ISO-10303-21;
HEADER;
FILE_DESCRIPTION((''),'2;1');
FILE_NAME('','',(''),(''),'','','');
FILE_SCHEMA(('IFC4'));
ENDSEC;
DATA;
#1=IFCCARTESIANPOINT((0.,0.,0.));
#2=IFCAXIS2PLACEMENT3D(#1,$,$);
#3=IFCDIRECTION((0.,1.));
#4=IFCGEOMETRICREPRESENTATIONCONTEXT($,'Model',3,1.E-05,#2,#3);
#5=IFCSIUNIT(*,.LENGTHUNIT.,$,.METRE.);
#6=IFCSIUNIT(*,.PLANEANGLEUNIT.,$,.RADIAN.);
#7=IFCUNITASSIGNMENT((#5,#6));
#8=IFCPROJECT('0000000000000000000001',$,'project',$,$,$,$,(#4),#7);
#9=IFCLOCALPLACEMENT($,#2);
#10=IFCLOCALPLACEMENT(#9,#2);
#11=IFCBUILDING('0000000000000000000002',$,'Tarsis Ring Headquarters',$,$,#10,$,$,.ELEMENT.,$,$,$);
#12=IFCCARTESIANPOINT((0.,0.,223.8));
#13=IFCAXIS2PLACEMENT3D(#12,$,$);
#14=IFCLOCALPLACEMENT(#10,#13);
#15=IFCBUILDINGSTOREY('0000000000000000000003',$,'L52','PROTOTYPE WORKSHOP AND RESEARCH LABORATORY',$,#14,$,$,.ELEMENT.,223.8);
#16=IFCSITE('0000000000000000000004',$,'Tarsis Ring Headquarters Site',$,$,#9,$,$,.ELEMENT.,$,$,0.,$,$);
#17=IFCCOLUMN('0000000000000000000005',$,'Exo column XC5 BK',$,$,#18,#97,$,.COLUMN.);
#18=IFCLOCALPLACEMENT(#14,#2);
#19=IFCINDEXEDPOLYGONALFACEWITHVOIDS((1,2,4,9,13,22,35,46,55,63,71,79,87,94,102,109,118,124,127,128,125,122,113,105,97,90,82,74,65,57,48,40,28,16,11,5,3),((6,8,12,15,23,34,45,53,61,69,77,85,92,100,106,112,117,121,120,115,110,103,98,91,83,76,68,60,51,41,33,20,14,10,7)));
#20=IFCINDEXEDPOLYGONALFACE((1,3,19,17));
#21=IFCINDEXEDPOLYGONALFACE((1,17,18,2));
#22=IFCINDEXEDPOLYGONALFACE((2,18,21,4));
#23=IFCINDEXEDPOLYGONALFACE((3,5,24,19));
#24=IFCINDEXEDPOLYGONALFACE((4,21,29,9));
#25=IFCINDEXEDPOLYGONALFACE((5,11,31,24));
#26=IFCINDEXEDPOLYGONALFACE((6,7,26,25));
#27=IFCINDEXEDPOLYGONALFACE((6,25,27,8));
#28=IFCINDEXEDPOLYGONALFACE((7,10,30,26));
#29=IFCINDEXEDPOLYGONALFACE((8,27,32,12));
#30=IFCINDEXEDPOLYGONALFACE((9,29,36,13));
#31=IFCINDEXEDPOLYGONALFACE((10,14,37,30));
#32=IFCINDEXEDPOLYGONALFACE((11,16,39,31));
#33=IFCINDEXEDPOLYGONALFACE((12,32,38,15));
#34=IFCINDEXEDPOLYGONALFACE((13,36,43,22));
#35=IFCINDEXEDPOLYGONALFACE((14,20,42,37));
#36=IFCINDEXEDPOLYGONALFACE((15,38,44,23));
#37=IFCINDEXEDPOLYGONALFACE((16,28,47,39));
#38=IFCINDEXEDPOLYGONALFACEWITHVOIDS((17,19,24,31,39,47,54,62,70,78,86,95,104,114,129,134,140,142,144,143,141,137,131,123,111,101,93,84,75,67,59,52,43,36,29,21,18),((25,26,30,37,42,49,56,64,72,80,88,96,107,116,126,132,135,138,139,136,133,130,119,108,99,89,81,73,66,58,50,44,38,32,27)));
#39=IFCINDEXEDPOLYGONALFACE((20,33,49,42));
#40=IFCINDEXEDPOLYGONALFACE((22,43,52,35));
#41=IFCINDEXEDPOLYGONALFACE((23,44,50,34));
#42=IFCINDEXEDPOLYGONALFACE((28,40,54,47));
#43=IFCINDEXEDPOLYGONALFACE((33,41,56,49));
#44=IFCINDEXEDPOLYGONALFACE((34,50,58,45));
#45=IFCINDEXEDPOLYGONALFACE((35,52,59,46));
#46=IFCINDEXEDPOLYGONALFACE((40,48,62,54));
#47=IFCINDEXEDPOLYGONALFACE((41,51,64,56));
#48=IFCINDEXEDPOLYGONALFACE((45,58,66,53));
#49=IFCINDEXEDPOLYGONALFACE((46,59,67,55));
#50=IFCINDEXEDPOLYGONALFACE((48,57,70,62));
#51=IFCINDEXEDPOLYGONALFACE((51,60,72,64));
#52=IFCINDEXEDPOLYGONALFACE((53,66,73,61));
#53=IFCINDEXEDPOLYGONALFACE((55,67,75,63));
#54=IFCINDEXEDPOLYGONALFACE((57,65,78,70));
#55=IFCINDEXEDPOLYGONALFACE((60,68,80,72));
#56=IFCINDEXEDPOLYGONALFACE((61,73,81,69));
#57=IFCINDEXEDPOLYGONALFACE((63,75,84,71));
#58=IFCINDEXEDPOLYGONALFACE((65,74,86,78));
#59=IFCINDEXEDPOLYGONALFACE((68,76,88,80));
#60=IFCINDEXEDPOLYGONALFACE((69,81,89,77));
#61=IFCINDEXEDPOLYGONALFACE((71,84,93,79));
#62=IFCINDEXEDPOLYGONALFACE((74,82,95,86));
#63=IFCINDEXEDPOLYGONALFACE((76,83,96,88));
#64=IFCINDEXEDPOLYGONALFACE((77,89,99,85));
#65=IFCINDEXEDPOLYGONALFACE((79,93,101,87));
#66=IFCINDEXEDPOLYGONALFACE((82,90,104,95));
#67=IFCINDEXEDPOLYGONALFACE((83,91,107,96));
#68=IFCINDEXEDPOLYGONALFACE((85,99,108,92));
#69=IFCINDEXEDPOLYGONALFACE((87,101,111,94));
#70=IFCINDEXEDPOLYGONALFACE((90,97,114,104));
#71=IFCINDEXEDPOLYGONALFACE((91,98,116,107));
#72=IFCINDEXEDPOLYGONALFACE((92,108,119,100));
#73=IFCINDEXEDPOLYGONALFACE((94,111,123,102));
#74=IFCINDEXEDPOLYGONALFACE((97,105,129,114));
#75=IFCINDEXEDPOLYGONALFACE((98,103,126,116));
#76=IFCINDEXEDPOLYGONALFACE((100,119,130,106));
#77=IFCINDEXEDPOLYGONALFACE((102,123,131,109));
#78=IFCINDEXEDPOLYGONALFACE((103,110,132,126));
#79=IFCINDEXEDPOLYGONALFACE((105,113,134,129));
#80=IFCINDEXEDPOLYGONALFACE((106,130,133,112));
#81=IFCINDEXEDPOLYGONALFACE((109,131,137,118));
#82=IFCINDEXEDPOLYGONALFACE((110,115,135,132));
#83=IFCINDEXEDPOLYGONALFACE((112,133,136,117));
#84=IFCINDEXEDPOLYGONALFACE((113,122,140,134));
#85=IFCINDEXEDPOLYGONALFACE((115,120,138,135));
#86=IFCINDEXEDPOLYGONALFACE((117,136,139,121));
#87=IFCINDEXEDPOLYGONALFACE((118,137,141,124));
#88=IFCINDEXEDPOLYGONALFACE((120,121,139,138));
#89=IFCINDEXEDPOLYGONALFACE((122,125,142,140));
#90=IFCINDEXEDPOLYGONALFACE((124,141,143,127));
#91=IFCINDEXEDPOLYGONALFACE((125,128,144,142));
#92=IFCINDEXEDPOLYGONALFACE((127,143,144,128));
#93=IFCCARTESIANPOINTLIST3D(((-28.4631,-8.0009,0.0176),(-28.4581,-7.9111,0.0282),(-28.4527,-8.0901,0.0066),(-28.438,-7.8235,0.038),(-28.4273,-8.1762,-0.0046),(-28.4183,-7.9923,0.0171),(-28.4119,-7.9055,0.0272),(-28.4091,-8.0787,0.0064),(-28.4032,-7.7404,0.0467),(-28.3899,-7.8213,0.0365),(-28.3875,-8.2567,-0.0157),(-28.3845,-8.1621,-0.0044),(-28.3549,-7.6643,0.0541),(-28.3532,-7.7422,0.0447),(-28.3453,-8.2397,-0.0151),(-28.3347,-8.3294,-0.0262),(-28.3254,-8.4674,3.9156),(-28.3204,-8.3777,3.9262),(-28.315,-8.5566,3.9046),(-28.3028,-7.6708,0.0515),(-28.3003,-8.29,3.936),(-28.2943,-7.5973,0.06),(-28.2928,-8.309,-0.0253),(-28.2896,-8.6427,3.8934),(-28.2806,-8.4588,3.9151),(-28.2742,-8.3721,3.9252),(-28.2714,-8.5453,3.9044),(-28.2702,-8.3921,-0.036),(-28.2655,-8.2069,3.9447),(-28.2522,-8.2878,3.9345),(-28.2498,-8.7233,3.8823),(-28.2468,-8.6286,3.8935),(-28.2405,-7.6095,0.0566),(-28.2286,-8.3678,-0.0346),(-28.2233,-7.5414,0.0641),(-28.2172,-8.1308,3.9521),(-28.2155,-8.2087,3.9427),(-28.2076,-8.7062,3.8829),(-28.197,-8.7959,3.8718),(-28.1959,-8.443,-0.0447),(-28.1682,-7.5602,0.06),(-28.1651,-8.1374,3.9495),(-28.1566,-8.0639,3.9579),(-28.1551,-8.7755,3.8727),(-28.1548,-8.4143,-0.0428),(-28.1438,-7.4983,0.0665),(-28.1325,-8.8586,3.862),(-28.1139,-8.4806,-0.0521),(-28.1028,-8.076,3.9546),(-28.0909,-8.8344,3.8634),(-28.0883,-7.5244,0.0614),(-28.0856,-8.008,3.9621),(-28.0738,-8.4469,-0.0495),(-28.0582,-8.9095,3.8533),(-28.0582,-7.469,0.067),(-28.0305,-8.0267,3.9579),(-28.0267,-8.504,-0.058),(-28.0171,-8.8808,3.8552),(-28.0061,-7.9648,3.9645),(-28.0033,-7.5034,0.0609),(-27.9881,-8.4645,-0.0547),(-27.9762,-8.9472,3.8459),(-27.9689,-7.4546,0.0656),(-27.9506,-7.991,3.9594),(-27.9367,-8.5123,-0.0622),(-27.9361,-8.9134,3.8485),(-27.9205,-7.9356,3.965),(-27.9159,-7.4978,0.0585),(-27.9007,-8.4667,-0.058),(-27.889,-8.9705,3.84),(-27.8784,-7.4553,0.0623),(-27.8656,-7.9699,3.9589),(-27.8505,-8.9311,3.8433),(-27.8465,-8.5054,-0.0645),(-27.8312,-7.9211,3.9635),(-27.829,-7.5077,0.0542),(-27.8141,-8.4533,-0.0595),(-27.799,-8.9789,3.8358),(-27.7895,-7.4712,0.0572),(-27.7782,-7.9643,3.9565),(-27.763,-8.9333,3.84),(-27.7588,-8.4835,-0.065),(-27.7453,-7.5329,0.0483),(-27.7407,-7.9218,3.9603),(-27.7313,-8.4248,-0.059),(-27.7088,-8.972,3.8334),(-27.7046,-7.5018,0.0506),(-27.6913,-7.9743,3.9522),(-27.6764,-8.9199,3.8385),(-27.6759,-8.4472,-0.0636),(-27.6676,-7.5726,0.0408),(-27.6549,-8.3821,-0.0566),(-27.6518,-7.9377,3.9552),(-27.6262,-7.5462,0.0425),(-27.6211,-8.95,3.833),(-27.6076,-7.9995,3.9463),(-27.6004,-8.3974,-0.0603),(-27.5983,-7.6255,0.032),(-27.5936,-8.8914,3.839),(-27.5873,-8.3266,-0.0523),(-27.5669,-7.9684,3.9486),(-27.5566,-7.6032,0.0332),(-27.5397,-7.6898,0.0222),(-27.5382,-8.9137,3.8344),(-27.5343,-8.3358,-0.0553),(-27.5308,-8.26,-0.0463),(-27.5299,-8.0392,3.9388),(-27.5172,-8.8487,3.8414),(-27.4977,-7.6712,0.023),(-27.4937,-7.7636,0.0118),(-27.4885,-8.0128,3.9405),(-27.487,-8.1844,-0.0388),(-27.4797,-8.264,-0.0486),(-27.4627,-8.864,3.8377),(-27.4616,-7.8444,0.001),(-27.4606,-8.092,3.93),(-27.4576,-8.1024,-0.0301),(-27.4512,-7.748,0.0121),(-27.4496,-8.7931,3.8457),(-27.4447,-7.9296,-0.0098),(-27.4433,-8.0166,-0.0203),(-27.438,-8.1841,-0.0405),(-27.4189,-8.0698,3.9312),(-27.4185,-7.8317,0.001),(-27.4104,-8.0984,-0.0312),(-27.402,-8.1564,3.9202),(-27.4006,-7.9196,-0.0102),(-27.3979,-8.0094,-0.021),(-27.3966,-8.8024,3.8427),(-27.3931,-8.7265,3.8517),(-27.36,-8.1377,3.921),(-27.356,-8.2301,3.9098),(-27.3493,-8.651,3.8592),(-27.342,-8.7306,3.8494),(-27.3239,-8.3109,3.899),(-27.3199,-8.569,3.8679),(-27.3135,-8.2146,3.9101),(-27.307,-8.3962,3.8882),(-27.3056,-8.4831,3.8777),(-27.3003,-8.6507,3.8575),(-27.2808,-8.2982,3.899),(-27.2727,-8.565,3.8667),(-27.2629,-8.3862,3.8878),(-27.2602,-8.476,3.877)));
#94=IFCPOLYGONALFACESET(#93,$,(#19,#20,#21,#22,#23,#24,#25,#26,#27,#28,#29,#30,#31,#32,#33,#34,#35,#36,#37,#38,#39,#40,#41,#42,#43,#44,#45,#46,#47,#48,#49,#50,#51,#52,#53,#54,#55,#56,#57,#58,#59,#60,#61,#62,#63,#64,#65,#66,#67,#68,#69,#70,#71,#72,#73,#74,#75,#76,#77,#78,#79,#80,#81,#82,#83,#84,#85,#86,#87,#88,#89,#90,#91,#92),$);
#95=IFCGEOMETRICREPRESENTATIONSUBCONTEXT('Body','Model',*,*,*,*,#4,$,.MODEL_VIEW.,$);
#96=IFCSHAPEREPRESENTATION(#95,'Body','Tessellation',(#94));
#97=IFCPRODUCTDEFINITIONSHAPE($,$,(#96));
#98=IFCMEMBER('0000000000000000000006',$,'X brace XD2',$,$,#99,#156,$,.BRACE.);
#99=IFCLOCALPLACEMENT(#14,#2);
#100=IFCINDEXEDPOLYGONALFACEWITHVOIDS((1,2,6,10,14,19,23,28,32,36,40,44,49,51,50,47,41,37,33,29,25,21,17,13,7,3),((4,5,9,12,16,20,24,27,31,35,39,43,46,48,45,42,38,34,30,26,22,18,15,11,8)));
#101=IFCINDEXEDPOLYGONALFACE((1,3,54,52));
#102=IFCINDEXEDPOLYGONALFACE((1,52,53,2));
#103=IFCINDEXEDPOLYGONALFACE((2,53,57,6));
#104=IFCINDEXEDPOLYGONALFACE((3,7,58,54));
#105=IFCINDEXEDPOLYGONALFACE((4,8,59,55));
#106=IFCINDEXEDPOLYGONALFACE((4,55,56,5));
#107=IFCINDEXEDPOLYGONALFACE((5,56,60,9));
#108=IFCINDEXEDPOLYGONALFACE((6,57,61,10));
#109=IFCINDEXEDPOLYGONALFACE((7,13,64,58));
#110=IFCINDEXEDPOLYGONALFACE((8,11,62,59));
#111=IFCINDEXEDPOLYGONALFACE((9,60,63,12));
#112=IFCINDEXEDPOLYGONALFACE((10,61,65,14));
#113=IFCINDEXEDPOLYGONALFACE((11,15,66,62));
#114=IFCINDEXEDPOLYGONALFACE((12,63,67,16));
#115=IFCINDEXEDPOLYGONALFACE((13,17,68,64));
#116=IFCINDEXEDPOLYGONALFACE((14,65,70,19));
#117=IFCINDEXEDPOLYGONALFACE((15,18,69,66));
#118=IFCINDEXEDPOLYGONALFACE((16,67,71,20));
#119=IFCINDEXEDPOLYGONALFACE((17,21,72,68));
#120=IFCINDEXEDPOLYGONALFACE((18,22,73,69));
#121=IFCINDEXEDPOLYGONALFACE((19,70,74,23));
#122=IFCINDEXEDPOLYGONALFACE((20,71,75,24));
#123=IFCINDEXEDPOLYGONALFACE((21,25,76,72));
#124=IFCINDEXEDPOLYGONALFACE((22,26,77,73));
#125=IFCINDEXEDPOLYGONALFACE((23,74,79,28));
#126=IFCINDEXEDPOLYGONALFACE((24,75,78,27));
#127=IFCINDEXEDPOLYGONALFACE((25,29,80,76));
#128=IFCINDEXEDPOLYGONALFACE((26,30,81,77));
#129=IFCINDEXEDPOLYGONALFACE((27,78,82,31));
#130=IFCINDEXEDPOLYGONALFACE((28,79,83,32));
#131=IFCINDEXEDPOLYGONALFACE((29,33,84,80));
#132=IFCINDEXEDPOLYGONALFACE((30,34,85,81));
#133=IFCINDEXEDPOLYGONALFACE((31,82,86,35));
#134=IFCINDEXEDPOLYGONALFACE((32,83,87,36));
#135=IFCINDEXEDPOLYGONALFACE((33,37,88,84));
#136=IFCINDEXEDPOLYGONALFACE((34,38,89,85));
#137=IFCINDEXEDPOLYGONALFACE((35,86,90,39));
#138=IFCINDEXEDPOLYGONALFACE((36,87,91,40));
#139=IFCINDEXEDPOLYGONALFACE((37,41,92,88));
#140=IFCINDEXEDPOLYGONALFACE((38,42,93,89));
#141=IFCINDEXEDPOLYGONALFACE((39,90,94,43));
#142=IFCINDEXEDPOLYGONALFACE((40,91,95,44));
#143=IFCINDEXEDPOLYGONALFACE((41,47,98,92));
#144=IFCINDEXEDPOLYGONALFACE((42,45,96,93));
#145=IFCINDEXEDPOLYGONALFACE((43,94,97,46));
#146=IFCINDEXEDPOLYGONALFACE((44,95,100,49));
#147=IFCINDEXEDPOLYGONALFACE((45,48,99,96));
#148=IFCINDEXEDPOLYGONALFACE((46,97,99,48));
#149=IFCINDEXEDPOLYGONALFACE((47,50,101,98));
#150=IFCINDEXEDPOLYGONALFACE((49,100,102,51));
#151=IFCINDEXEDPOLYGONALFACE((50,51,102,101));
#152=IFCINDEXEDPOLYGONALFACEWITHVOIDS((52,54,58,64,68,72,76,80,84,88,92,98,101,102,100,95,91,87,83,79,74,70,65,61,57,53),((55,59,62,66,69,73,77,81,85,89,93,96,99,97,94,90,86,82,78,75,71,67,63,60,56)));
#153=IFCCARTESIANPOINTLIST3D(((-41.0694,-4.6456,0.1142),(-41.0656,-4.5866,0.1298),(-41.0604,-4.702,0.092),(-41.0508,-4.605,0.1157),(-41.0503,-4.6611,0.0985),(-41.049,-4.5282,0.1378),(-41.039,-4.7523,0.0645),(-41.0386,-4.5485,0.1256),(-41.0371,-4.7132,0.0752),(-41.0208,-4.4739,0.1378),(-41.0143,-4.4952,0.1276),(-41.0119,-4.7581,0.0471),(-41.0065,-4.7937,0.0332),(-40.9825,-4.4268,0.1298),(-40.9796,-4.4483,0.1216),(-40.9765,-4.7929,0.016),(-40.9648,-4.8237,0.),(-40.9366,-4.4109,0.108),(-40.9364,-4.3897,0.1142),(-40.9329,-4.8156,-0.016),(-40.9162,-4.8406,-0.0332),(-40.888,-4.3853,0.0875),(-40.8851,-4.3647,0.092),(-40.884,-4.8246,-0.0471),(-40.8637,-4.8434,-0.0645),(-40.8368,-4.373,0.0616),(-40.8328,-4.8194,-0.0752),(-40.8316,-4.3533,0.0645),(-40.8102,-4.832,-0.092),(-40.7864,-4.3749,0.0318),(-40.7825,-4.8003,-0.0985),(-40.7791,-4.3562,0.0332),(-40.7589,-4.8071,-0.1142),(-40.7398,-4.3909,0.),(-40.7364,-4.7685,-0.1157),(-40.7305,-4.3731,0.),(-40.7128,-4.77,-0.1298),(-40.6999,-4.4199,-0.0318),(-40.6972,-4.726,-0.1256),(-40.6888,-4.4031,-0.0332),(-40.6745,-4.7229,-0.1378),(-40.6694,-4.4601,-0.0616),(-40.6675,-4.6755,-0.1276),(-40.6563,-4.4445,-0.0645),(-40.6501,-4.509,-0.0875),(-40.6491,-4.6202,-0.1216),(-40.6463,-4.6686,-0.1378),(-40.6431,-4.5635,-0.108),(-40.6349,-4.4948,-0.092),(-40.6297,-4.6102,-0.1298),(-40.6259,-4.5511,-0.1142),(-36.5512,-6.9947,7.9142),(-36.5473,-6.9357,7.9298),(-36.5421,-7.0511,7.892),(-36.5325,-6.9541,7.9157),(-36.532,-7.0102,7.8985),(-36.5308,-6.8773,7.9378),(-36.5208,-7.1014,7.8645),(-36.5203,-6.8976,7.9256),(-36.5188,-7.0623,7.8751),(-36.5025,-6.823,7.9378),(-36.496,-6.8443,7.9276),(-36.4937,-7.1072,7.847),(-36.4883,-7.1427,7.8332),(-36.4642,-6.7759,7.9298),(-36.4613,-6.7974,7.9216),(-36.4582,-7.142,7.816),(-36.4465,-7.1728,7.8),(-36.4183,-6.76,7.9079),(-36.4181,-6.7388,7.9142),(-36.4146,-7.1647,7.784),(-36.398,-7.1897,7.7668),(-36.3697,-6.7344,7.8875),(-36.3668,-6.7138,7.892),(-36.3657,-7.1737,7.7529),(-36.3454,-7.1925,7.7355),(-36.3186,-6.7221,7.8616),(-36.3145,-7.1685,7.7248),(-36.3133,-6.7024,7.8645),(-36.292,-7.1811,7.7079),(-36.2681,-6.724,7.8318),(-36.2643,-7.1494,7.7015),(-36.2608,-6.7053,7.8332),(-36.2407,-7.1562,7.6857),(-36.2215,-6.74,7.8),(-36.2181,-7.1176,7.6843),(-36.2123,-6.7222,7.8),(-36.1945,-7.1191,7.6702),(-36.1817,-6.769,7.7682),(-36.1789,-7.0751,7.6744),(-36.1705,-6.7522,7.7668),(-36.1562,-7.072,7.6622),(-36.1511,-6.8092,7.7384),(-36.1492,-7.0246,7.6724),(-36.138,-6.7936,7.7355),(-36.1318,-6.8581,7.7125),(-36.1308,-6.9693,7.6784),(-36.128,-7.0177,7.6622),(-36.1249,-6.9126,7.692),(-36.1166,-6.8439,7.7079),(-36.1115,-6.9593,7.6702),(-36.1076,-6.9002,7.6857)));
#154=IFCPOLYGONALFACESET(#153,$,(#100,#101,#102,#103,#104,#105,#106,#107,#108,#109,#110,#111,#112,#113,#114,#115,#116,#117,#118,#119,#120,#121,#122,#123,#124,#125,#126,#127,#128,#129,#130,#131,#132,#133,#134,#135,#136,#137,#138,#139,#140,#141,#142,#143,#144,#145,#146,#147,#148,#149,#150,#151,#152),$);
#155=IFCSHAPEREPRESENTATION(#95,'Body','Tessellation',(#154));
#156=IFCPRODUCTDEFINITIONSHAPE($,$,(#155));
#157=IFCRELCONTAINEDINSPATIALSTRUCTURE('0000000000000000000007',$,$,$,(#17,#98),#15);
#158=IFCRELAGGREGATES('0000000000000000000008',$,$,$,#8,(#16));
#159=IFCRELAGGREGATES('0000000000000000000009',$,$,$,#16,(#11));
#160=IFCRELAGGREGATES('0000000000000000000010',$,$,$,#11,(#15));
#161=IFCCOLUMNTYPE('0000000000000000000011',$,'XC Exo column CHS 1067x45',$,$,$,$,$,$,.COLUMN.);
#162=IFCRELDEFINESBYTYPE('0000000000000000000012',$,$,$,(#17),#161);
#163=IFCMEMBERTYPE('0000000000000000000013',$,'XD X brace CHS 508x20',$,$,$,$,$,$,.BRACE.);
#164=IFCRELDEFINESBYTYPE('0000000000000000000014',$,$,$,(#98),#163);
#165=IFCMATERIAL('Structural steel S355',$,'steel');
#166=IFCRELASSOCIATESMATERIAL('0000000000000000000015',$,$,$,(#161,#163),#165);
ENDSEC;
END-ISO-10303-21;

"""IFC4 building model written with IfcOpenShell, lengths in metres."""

from ifc_helpers import new_model, si_unit, direction, frame, origin, origin_2d, place, context, subcontext, project, spatial, hollow_circle, extrude, material, material_profile, profile_set, type_object, element, save


model = new_model("IFC4")

# Units and contexts
model_context = context("Model", 3, precision=1e-05, world=origin(), true_north=direction((0.0, 1.0)))
body_context = subcontext(model_context, "Body", "Model", "MODEL_VIEW")
ifc_project = project(units=[si_unit("LENGTHUNIT", "METRE"), si_unit("PLANEANGLEUNIT", "RADIAN")], contexts=[model_context])

# Site, building, storey
site_placement = place(None, origin())
site = spatial("IfcSite", under=ifc_project, at=site_placement, Name="Tarsis Ring Headquarters Site", CompositionType="ELEMENT", RefElevation=0.0)
building_placement = place(site_placement, origin())
building = spatial("IfcBuilding", under=site, at=building_placement, Name="Tarsis Ring Headquarters", CompositionType="ELEMENT")
storey_placement = place(building_placement, frame((0.0, 0.0, 223.8)))
storey = spatial("IfcBuildingStorey", under=building, at=storey_placement, Name="L52", Description="PROTOTYPE WORKSHOP AND RESEARCH LABORATORY", CompositionType="ELEMENT", Elevation=223.8)

# Column
ifc_material_1 = material(Name="Structural steel S355", Category="steel")
ifc_material_profile_1 = material_profile(ifc_material_1, hollow_circle(Radius=0.5334, WallThickness=0.0449, at=origin_2d()), Name="CHS 1067x45")
ifc_profile_set_1 = profile_set([ifc_material_profile_1], Name="Structural steel S355")
column_type = type_object("IfcColumnType", Name="XC Exo column CHS 1067x45", PredefinedType="COLUMN", material=ifc_profile_set_1)
column_1_placement = place(storey_placement, frame((-27.9302, -7.9827, 0.001), z_axis=(0.035053, -0.118771, 0.992303), x_axis=(0.959101, 0.283063, 0.0)))
element("IfcColumn", 1, at=column_1_placement, inside=storey, type_object=column_type, Name="Exo column XC5 BK", PredefinedType="COLUMN", context=body_context, shape_type="SweptSolid", body=[
    extrude(hollow_circle(Radius=0.5334, WallThickness=0.0449, at=origin_2d()), origin(), (0.0, 0.0, 1.0), 3.9282),
])

# Member
ifc_material_profile_2 = material_profile(ifc_material_1, hollow_circle(Radius=0.2539, WallThickness=0.02, at=origin_2d()), Name="CHS 508x20")
ifc_profile_set_2 = profile_set([ifc_material_profile_2], Name="Structural steel S355")
member_type = type_object("IfcMemberType", Name="XD X brace CHS 508x20", PredefinedType="BRACE", material=ifc_profile_set_2)
member_1_placement = place(storey_placement, frame((-40.8477, -4.5984, 0.0), z_axis=(0.485043, -0.25218, 0.83734), x_axis=(0.461291, 0.887249, 0.0)))
element("IfcMember", 2, at=member_1_placement, inside=storey, type_object=member_type, Name="X brace XD2", PredefinedType="BRACE", context=body_context, shape_type="SweptSolid", body=[
    extrude(hollow_circle(Radius=0.2539, WallThickness=0.02, at=origin_2d()), origin(), (0.0, 0.0, 1.0), 9.3152),
])

save(model, "model.ifc")
